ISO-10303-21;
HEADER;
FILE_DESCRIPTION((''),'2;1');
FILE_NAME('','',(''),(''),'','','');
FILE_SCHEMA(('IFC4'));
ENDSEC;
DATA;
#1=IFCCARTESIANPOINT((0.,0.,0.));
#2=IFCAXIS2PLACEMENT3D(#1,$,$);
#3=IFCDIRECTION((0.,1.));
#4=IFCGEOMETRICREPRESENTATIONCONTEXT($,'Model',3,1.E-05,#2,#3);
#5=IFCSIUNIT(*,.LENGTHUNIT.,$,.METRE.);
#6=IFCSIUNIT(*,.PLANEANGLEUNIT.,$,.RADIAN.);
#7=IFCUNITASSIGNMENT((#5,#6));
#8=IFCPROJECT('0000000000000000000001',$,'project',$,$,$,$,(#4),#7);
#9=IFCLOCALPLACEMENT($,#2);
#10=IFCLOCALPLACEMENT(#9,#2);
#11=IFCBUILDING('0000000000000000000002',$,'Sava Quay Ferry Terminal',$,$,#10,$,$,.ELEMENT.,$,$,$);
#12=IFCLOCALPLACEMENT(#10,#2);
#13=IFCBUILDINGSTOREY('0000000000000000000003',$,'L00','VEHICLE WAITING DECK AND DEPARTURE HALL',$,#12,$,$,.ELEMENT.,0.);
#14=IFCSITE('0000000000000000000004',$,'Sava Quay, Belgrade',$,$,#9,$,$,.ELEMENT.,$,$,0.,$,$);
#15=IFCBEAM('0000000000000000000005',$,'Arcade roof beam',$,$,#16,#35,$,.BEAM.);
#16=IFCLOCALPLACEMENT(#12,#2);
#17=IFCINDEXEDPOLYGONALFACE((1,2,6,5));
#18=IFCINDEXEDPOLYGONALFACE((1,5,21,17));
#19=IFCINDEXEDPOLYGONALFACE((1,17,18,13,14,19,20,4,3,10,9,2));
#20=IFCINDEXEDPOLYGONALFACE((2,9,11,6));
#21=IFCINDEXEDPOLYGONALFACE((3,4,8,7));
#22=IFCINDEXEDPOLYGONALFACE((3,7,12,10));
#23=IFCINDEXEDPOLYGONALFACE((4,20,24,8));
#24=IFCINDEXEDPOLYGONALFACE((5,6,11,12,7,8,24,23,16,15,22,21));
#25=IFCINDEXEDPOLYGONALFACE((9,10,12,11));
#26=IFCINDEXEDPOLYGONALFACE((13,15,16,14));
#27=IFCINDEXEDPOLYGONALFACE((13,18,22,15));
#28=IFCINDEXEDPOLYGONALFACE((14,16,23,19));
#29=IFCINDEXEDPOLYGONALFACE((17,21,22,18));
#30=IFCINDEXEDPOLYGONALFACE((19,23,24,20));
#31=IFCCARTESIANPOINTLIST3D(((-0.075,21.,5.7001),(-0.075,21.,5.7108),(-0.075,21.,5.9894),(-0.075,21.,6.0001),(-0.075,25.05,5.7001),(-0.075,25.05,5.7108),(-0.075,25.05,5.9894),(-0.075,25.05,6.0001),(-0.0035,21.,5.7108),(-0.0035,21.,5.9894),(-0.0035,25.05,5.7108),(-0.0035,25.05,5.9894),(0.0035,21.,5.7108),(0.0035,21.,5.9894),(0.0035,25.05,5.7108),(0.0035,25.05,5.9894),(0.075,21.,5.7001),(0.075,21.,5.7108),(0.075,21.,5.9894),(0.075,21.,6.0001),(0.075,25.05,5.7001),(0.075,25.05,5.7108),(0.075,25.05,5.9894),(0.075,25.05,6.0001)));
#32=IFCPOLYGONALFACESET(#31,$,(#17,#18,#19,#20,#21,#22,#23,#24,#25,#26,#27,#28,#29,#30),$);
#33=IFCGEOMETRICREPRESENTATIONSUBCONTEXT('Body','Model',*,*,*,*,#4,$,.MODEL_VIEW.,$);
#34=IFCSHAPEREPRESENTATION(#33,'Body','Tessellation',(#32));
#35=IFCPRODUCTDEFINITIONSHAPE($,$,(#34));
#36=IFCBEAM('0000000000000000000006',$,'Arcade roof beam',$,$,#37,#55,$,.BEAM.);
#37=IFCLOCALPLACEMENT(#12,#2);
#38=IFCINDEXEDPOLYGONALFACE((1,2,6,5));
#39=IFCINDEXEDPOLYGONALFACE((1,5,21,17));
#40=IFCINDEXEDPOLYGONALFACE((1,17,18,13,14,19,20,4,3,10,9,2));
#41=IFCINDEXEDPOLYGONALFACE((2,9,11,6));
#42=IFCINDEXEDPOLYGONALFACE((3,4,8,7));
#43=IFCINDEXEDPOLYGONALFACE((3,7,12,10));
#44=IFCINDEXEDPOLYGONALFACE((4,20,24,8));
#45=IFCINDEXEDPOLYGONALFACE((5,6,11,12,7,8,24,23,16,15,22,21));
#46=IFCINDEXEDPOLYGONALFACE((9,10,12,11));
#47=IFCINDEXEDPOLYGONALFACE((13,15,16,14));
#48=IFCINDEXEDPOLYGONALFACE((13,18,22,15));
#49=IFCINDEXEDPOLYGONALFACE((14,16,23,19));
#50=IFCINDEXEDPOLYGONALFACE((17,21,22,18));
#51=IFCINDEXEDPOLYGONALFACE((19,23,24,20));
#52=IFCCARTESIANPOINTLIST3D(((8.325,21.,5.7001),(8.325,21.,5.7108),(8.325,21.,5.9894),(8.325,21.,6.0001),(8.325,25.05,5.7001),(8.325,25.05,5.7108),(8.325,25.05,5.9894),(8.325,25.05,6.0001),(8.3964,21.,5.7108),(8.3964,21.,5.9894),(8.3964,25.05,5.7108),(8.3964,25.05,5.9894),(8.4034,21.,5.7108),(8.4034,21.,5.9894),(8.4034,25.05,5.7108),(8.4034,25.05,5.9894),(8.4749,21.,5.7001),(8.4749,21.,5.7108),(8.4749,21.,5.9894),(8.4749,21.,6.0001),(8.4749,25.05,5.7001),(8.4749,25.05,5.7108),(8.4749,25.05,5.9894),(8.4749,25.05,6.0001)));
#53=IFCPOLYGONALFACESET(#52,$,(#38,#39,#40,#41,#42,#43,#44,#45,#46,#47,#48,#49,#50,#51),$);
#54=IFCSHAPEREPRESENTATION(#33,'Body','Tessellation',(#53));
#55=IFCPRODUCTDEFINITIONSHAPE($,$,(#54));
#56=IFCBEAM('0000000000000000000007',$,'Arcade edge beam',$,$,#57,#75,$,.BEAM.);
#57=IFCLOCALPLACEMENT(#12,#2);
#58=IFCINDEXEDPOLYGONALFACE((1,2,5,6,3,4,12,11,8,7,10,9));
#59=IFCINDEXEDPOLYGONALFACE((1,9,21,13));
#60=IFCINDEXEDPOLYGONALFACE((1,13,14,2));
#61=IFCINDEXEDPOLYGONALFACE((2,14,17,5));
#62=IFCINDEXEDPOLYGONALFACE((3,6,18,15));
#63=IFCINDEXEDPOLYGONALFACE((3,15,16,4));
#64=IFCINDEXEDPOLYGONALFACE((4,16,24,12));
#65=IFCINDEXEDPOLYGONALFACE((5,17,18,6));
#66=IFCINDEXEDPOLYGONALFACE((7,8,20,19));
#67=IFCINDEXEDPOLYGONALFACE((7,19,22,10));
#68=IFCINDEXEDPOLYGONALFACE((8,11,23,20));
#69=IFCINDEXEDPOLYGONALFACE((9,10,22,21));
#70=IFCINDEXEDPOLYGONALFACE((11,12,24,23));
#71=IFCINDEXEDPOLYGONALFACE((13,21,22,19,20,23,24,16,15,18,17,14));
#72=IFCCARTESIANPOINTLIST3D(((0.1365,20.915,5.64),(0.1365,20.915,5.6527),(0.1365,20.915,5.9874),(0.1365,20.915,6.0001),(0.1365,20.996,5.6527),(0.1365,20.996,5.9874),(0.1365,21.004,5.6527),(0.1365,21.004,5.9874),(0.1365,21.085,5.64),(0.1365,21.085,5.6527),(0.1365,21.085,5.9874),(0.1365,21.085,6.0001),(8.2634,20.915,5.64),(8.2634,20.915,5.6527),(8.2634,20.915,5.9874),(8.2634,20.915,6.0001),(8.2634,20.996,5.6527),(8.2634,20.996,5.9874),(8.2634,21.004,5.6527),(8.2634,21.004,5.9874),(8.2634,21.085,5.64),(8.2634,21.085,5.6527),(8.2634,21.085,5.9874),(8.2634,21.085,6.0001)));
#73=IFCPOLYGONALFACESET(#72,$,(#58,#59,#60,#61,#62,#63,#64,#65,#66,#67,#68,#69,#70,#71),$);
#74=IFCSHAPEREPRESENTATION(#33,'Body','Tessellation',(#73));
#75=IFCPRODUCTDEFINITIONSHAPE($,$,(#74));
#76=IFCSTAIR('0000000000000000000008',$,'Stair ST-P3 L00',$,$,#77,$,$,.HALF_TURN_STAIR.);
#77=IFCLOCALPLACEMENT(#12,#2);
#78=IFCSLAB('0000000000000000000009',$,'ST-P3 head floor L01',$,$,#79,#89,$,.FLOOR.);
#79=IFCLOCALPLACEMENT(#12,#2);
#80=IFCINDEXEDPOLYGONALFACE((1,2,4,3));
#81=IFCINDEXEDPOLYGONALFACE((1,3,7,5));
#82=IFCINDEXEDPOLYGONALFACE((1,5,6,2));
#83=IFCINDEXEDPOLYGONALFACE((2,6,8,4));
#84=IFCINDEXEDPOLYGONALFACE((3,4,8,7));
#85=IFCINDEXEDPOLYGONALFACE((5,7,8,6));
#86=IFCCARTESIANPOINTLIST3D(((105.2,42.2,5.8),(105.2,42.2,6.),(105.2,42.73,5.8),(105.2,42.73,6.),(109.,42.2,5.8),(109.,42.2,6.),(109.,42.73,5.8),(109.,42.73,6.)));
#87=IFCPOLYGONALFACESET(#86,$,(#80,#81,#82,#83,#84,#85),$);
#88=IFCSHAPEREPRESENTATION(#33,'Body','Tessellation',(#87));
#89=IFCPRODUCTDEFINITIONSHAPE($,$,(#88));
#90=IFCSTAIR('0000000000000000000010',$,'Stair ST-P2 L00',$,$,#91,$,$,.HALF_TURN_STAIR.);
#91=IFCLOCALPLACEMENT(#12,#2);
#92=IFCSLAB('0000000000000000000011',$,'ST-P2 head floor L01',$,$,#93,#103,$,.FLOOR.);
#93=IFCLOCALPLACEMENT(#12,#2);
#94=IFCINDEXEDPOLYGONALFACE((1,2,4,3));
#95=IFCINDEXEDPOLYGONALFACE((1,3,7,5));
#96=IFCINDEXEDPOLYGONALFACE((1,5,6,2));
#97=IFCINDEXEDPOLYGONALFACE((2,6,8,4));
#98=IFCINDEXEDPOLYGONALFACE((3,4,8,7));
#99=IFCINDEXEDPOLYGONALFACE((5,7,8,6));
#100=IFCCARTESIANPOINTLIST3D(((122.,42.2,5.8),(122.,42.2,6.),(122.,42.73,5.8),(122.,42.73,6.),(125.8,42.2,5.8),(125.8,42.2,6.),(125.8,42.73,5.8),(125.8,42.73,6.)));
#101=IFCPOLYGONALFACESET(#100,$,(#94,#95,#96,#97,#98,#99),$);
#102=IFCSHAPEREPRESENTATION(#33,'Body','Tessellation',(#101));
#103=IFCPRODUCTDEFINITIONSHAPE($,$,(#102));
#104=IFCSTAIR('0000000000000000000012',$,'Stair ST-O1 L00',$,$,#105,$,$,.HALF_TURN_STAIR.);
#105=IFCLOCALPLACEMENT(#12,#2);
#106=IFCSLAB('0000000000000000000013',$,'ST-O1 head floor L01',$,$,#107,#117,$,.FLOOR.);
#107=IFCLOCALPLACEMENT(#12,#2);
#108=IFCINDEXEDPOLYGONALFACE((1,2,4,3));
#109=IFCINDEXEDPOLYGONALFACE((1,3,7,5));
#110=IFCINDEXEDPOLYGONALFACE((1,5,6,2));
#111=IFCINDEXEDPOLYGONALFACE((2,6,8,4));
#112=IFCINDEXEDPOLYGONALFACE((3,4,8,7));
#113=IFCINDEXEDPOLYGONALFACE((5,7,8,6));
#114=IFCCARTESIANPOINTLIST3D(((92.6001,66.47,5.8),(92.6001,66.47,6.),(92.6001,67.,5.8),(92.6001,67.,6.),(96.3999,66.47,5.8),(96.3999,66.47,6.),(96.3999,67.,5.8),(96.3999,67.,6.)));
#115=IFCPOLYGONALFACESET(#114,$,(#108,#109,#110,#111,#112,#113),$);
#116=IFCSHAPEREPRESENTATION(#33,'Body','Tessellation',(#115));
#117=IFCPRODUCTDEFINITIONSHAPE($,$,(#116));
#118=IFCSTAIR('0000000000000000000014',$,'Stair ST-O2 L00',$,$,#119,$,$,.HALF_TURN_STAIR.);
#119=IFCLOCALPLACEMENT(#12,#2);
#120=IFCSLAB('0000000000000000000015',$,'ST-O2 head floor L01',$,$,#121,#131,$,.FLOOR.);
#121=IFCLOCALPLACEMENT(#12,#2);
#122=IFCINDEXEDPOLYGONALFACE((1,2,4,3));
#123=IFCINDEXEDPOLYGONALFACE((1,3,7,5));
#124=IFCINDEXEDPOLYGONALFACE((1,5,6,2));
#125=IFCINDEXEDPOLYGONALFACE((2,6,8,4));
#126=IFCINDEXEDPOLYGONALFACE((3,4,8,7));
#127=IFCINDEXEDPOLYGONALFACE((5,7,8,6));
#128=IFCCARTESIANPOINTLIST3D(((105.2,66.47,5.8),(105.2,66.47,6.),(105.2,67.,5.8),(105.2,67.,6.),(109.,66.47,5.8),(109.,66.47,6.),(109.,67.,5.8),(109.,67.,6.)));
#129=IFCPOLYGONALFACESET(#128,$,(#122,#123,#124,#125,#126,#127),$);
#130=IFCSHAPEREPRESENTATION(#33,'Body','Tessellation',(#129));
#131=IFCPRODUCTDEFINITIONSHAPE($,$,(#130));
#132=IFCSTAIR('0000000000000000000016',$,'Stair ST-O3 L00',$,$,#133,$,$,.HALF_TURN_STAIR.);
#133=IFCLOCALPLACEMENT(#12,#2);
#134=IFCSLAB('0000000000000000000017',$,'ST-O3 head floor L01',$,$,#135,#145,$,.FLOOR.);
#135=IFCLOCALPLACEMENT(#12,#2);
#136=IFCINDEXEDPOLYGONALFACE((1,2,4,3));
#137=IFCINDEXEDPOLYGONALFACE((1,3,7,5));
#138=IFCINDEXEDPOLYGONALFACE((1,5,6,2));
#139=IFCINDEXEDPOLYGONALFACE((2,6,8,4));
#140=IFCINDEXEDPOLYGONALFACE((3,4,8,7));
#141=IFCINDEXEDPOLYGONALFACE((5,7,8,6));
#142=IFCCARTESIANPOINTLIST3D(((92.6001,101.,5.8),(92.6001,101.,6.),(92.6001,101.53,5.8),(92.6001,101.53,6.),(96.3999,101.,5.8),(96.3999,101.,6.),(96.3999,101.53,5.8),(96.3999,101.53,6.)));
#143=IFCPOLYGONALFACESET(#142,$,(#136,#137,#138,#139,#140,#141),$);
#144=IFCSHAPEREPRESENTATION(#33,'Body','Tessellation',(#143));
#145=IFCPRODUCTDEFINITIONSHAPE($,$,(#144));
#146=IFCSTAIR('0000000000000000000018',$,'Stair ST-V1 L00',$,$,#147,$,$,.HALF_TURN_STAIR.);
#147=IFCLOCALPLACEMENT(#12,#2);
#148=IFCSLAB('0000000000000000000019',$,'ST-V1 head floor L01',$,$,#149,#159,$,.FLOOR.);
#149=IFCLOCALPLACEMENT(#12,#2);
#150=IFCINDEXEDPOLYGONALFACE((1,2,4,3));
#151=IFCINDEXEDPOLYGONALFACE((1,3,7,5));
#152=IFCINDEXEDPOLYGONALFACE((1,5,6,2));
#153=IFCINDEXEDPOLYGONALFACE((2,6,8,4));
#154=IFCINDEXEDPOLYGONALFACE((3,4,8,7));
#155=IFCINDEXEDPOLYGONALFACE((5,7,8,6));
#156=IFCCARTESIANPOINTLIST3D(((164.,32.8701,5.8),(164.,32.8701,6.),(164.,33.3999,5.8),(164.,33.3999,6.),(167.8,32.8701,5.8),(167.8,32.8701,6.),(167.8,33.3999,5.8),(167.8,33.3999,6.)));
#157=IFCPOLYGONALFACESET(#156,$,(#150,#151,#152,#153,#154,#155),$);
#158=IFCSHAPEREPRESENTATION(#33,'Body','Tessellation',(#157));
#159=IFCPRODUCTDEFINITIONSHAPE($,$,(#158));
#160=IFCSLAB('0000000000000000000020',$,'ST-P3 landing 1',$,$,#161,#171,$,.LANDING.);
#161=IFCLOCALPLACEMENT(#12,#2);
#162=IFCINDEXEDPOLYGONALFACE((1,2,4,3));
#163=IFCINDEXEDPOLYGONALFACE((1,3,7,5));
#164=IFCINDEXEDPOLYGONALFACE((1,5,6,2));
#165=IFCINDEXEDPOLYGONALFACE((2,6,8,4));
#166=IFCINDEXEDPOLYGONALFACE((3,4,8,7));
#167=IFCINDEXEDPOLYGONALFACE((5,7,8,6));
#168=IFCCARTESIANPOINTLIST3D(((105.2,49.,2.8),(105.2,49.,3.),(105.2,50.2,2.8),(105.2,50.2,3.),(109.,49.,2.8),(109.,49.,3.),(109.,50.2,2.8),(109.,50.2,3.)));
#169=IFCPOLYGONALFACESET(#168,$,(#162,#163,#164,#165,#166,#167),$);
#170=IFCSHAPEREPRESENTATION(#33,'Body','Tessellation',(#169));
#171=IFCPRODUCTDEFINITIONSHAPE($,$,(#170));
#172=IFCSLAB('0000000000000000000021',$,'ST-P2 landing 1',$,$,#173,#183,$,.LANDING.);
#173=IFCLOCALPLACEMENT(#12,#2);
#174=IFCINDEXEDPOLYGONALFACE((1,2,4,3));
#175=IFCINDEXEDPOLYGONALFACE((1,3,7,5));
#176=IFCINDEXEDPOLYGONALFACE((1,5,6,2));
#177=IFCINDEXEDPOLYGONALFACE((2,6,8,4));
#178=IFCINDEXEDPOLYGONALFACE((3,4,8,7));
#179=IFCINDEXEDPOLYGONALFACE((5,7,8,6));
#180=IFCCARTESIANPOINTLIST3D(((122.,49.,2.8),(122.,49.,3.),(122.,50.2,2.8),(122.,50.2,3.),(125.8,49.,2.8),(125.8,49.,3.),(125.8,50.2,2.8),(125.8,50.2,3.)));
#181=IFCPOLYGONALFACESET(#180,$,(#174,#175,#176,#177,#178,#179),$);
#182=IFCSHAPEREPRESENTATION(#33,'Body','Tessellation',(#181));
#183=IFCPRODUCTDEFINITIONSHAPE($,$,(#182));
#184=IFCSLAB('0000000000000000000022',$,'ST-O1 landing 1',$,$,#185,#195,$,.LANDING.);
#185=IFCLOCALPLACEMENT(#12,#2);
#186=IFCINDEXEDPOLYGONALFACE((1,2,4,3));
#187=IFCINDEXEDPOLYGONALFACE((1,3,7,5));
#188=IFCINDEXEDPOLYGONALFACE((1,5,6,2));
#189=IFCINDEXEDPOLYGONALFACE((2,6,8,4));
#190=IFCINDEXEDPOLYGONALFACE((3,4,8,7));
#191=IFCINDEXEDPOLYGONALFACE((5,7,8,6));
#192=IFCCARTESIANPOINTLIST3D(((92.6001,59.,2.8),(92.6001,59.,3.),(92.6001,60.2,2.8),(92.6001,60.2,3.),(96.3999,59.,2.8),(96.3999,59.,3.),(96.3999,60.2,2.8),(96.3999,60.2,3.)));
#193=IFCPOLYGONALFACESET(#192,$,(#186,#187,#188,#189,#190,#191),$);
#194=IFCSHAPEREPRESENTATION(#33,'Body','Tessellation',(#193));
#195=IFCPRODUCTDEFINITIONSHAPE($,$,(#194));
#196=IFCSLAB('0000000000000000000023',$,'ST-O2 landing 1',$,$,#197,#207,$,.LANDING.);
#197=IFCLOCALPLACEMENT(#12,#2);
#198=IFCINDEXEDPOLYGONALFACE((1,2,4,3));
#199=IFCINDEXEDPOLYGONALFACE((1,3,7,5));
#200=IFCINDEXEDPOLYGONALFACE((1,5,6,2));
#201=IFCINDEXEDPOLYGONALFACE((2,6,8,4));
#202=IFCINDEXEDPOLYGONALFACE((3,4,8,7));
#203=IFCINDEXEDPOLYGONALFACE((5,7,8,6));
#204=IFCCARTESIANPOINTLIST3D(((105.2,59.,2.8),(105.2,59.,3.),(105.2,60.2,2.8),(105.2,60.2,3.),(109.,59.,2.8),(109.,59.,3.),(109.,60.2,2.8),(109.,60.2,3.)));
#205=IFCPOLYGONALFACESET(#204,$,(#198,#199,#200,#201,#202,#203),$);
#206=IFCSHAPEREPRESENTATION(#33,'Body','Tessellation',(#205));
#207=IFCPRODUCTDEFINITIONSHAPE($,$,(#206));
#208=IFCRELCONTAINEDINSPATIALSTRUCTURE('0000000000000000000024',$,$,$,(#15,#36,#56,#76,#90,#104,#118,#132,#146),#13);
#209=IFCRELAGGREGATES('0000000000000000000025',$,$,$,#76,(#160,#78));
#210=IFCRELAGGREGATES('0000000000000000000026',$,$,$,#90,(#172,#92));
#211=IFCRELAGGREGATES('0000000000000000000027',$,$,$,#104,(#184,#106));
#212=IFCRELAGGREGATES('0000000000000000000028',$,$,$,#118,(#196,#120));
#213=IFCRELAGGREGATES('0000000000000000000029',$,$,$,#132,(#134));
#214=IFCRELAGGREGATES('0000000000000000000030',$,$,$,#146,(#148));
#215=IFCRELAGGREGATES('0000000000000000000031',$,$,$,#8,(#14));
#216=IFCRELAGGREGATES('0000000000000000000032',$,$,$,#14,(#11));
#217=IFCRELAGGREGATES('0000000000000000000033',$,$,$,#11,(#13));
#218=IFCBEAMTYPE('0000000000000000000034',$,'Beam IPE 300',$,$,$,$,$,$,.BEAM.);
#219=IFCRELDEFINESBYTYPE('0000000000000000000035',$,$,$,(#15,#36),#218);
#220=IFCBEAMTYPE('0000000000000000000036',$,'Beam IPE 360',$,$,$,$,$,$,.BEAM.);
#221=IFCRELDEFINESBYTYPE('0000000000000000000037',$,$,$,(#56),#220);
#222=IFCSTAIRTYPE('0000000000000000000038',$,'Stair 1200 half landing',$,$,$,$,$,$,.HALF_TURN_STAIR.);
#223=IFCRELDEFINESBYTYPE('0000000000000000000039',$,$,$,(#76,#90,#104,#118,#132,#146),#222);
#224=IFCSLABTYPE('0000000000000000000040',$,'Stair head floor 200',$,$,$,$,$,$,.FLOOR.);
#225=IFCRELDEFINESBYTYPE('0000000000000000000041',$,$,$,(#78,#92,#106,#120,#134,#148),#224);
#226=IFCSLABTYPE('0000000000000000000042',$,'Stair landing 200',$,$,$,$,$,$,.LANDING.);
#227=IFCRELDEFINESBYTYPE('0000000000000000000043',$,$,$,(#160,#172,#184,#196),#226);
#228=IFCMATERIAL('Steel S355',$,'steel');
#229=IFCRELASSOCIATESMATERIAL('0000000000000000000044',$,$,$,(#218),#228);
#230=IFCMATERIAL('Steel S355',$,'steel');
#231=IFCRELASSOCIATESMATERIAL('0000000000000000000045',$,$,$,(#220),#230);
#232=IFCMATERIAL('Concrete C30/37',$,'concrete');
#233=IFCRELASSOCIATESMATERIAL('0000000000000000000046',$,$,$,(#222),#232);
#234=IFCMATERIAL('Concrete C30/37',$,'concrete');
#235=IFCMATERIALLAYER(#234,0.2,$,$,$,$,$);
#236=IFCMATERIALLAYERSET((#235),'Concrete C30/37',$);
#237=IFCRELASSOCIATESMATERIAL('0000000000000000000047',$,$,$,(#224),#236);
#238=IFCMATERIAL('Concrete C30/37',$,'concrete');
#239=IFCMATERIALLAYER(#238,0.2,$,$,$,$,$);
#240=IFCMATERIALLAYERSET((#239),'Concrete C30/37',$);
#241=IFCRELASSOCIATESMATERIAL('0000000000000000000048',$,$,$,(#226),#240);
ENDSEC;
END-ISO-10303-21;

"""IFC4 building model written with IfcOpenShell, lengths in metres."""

from ifc_helpers import new_model, si_unit, direction, frame, origin, origin_2d, place, context, subcontext, project, spatial, polyline, i_section, outline, extrude, material, layer, layer_set, material_profile, profile_set, type_object, element, aggregate, save


model = new_model("IFC4")

# Units and contexts
model_context = context("Model", 3, precision=1e-05, world=origin(), true_north=direction((0.0, 1.0)))
body_context = subcontext(model_context, "Body", "Model", "MODEL_VIEW")
ifc_project = project(units=[si_unit("LENGTHUNIT", "METRE"), si_unit("PLANEANGLEUNIT", "RADIAN")], contexts=[model_context])

# Site, building, storey
site_placement = place(None, origin())
site = spatial("IfcSite", under=ifc_project, at=site_placement, Name="Sava Quay, Belgrade", CompositionType="ELEMENT", RefElevation=0.0)
building_placement = place(site_placement, origin())
building = spatial("IfcBuilding", under=site, at=building_placement, Name="Sava Quay Ferry Terminal", CompositionType="ELEMENT")
storey_placement = place(building_placement, origin())
storey = spatial("IfcBuildingStorey", under=building, at=storey_placement, Name="L00", Description="VEHICLE WAITING DECK AND DEPARTURE HALL", CompositionType="ELEMENT", Elevation=0.0)

# Beams
ifc_material_1 = material(Name="Steel S355", Category="steel")
ifc_material_profile_1 = material_profile(ifc_material_1, i_section(OverallWidth=0.1499, OverallDepth=0.3, WebThickness=0.0071, FlangeThickness=0.0107, at=origin_2d()), Name="IPE 300")
ifc_profile_set_1 = profile_set([ifc_material_profile_1], Name="Steel S355")
beam_type_1 = type_object("IfcBeamType", Name="Beam IPE 300", PredefinedType="BEAM", material=ifc_profile_set_1)
for number, where, z_axis, x_axis, name in (
    (1, (0.0, 21.0, 5.8501), (0.0, 1.0, 0.0), (-1.0, 0.0, 0.0), "Arcade roof beam"),
    (2, (8.3999, 21.0, 5.8501), (0.0, 1.0, 0.0), (-1.0, 0.0, 0.0), "Arcade roof beam"),
):
    element("IfcBeam", number, at=place(storey_placement, frame(where, z_axis=z_axis, x_axis=x_axis)), inside=storey, type_object=beam_type_1, Name=name, PredefinedType="BEAM", context=body_context, shape_type="SweptSolid", body=[
        extrude(i_section(OverallWidth=0.1499, OverallDepth=0.3, WebThickness=0.0071, FlangeThickness=0.0107, at=origin_2d()), origin(), (0.0, 0.0, 1.0), 4.05),
    ])
ifc_material_2 = material(Name="Steel S355", Category="steel")
ifc_material_profile_2 = material_profile(ifc_material_2, i_section(OverallWidth=0.1699, OverallDepth=0.3601, WebThickness=0.0081, FlangeThickness=0.0127, at=origin_2d()), Name="IPE 360")
ifc_profile_set_2 = profile_set([ifc_material_profile_2], Name="Steel S355")
beam_type_2 = type_object("IfcBeamType", Name="Beam IPE 360", PredefinedType="BEAM", material=ifc_profile_set_2)
beam_placement = place(storey_placement, frame((0.1365, 21.0, 5.8201), z_axis=(1.0, 0.0, 0.0), x_axis=(0.0, 1.0, 0.0)))
element("IfcBeam", 3, at=beam_placement, inside=storey, type_object=beam_type_2, Name="Arcade edge beam", PredefinedType="BEAM", context=body_context, shape_type="SweptSolid", body=[
    extrude(i_section(OverallWidth=0.1699, OverallDepth=0.3601, WebThickness=0.0081, FlangeThickness=0.0127, at=origin_2d()), origin(), (0.0, 0.0, 1.0), 8.127),
])

# Stairs, slabs
ifc_material_3 = material(Name="Concrete C30/37", Category="concrete")
stair_type = type_object("IfcStairType", Name="Stair 1200 half landing", PredefinedType="HALF_TURN_STAIR", material=ifc_material_3)
stair_1_placement = place(storey_placement, origin())
stair_1 = element("IfcStair", 4, at=stair_1_placement, inside=storey, type_object=stair_type, Name="Stair ST-P3 L00", PredefinedType="HALF_TURN_STAIR")
ifc_material_4 = material(Name="Concrete C30/37", Category="concrete")
ifc_layer_1 = layer(ifc_material_4, 0.2)
ifc_layer_set_1 = layer_set([ifc_layer_1], Name="Concrete C30/37")
slab_type_1 = type_object("IfcSlabType", Name="Stair head floor 200", PredefinedType="FLOOR", material=ifc_layer_set_1)
slab_1_placement = place(storey_placement, frame((0.0, 0.0, 5.8)))
slab_1 = element("IfcSlab", 5, at=slab_1_placement, type_object=slab_type_1, Name="ST-P3 head floor L01", PredefinedType="FLOOR", context=body_context, shape_type="SweptSolid", body=[
    extrude(outline(polyline([(105.2, 42.2), (105.2, 42.73), (109.0, 42.73), (109.0, 42.2), (105.2, 42.2)])), origin(), (0.0, 0.0, 1.0), 0.2),
])
stair_2_placement = place(storey_placement, origin())
stair_2 = element("IfcStair", 6, at=stair_2_placement, inside=storey, type_object=stair_type, Name="Stair ST-P2 L00", PredefinedType="HALF_TURN_STAIR")
slab_2_placement = place(storey_placement, frame((0.0, 0.0, 5.8)))
slab_2 = element("IfcSlab", 7, at=slab_2_placement, type_object=slab_type_1, Name="ST-P2 head floor L01", PredefinedType="FLOOR", context=body_context, shape_type="SweptSolid", body=[
    extrude(outline(polyline([(122.0, 42.2), (122.0, 42.73), (125.8, 42.73), (125.8, 42.2), (122.0, 42.2)])), origin(), (0.0, 0.0, 1.0), 0.2),
])
stair_3_placement = place(storey_placement, origin())
stair_3 = element("IfcStair", 8, at=stair_3_placement, inside=storey, type_object=stair_type, Name="Stair ST-O1 L00", PredefinedType="HALF_TURN_STAIR")
slab_3_placement = place(storey_placement, frame((0.0, 0.0, 5.8)))
slab_3 = element("IfcSlab", 9, at=slab_3_placement, type_object=slab_type_1, Name="ST-O1 head floor L01", PredefinedType="FLOOR", context=body_context, shape_type="SweptSolid", body=[
    extrude(outline(polyline([(92.6001, 66.47), (92.6001, 67.0), (96.3999, 67.0), (96.3999, 66.47), (92.6001, 66.47)])), origin(), (0.0, 0.0, 1.0), 0.2),
])
stair_4_placement = place(storey_placement, origin())
stair_4 = element("IfcStair", 10, at=stair_4_placement, inside=storey, type_object=stair_type, Name="Stair ST-O2 L00", PredefinedType="HALF_TURN_STAIR")
slab_4_placement = place(storey_placement, frame((0.0, 0.0, 5.8)))
slab_4 = element("IfcSlab", 11, at=slab_4_placement, type_object=slab_type_1, Name="ST-O2 head floor L01", PredefinedType="FLOOR", context=body_context, shape_type="SweptSolid", body=[
    extrude(outline(polyline([(105.2, 66.47), (105.2, 67.0), (109.0, 67.0), (109.0, 66.47), (105.2, 66.47)])), origin(), (0.0, 0.0, 1.0), 0.2),
])
stair_5_placement = place(storey_placement, origin())
stair_5 = element("IfcStair", 12, at=stair_5_placement, inside=storey, type_object=stair_type, Name="Stair ST-O3 L00", PredefinedType="HALF_TURN_STAIR")
slab_5_placement = place(storey_placement, frame((0.0, 0.0, 5.8)))
slab_5 = element("IfcSlab", 13, at=slab_5_placement, type_object=slab_type_1, Name="ST-O3 head floor L01", PredefinedType="FLOOR", context=body_context, shape_type="SweptSolid", body=[
    extrude(outline(polyline([(92.6001, 101.0), (92.6001, 101.53), (96.3999, 101.53), (96.3999, 101.0), (92.6001, 101.0)])), origin(), (0.0, 0.0, 1.0), 0.2),
])
stair_6_placement = place(storey_placement, origin())
stair_6 = element("IfcStair", 14, at=stair_6_placement, inside=storey, type_object=stair_type, Name="Stair ST-V1 L00", PredefinedType="HALF_TURN_STAIR")
slab_6_placement = place(storey_placement, frame((0.0, 0.0, 5.8)))
slab_6 = element("IfcSlab", 15, at=slab_6_placement, type_object=slab_type_1, Name="ST-V1 head floor L01", PredefinedType="FLOOR", context=body_context, shape_type="SweptSolid", body=[
    extrude(outline(polyline([(164.0, 32.8701), (164.0, 33.3999), (167.8, 33.3999), (167.8, 32.8701), (164.0, 32.8701)])), origin(), (0.0, 0.0, 1.0), 0.2),
])

# Slabs
ifc_material_5 = material(Name="Concrete C30/37", Category="concrete")
ifc_layer_2 = layer(ifc_material_5, 0.2)
ifc_layer_set_2 = layer_set([ifc_layer_2], Name="Concrete C30/37")
slab_type_2 = type_object("IfcSlabType", Name="Stair landing 200", PredefinedType="LANDING", material=ifc_layer_set_2)
slab_7_placement = place(storey_placement, frame((0.0, 0.0, 2.8)))
slab_7 = element("IfcSlab", 16, at=slab_7_placement, type_object=slab_type_2, Name="ST-P3 landing 1", PredefinedType="LANDING", context=body_context, shape_type="SweptSolid", body=[
    extrude(outline(polyline([(105.2, 49.0), (105.2, 50.2), (109.0, 50.2), (109.0, 49.0), (105.2, 49.0)])), origin(), (0.0, 0.0, 1.0), 0.2),
])
aggregate(stair_1, [slab_7, slab_1])
slab_8_placement = place(storey_placement, frame((0.0, 0.0, 2.8)))
slab_8 = element("IfcSlab", 17, at=slab_8_placement, type_object=slab_type_2, Name="ST-P2 landing 1", PredefinedType="LANDING", context=body_context, shape_type="SweptSolid", body=[
    extrude(outline(polyline([(122.0, 49.0), (122.0, 50.2), (125.8, 50.2), (125.8, 49.0), (122.0, 49.0)])), origin(), (0.0, 0.0, 1.0), 0.2),
])
aggregate(stair_2, [slab_8, slab_2])
slab_9_placement = place(storey_placement, frame((0.0, 0.0, 2.8)))
slab_9 = element("IfcSlab", 18, at=slab_9_placement, type_object=slab_type_2, Name="ST-O1 landing 1", PredefinedType="LANDING", context=body_context, shape_type="SweptSolid", body=[
    extrude(outline(polyline([(92.6001, 59.0), (92.6001, 60.2), (96.3999, 60.2), (96.3999, 59.0), (92.6001, 59.0)])), origin(), (0.0, 0.0, 1.0), 0.2),
])
aggregate(stair_3, [slab_9, slab_3])
slab_10_placement = place(storey_placement, frame((0.0, 0.0, 2.8)))
slab_10 = element("IfcSlab", 19, at=slab_10_placement, type_object=slab_type_2, Name="ST-O2 landing 1", PredefinedType="LANDING", context=body_context, shape_type="SweptSolid", body=[
    extrude(outline(polyline([(105.2, 59.0), (105.2, 60.2), (109.0, 60.2), (109.0, 59.0), (105.2, 59.0)])), origin(), (0.0, 0.0, 1.0), 0.2),
])
aggregate(stair_4, [slab_10, slab_4])
aggregate(stair_5, [slab_5])
aggregate(stair_6, [slab_6])

save(model, "model.ifc")
